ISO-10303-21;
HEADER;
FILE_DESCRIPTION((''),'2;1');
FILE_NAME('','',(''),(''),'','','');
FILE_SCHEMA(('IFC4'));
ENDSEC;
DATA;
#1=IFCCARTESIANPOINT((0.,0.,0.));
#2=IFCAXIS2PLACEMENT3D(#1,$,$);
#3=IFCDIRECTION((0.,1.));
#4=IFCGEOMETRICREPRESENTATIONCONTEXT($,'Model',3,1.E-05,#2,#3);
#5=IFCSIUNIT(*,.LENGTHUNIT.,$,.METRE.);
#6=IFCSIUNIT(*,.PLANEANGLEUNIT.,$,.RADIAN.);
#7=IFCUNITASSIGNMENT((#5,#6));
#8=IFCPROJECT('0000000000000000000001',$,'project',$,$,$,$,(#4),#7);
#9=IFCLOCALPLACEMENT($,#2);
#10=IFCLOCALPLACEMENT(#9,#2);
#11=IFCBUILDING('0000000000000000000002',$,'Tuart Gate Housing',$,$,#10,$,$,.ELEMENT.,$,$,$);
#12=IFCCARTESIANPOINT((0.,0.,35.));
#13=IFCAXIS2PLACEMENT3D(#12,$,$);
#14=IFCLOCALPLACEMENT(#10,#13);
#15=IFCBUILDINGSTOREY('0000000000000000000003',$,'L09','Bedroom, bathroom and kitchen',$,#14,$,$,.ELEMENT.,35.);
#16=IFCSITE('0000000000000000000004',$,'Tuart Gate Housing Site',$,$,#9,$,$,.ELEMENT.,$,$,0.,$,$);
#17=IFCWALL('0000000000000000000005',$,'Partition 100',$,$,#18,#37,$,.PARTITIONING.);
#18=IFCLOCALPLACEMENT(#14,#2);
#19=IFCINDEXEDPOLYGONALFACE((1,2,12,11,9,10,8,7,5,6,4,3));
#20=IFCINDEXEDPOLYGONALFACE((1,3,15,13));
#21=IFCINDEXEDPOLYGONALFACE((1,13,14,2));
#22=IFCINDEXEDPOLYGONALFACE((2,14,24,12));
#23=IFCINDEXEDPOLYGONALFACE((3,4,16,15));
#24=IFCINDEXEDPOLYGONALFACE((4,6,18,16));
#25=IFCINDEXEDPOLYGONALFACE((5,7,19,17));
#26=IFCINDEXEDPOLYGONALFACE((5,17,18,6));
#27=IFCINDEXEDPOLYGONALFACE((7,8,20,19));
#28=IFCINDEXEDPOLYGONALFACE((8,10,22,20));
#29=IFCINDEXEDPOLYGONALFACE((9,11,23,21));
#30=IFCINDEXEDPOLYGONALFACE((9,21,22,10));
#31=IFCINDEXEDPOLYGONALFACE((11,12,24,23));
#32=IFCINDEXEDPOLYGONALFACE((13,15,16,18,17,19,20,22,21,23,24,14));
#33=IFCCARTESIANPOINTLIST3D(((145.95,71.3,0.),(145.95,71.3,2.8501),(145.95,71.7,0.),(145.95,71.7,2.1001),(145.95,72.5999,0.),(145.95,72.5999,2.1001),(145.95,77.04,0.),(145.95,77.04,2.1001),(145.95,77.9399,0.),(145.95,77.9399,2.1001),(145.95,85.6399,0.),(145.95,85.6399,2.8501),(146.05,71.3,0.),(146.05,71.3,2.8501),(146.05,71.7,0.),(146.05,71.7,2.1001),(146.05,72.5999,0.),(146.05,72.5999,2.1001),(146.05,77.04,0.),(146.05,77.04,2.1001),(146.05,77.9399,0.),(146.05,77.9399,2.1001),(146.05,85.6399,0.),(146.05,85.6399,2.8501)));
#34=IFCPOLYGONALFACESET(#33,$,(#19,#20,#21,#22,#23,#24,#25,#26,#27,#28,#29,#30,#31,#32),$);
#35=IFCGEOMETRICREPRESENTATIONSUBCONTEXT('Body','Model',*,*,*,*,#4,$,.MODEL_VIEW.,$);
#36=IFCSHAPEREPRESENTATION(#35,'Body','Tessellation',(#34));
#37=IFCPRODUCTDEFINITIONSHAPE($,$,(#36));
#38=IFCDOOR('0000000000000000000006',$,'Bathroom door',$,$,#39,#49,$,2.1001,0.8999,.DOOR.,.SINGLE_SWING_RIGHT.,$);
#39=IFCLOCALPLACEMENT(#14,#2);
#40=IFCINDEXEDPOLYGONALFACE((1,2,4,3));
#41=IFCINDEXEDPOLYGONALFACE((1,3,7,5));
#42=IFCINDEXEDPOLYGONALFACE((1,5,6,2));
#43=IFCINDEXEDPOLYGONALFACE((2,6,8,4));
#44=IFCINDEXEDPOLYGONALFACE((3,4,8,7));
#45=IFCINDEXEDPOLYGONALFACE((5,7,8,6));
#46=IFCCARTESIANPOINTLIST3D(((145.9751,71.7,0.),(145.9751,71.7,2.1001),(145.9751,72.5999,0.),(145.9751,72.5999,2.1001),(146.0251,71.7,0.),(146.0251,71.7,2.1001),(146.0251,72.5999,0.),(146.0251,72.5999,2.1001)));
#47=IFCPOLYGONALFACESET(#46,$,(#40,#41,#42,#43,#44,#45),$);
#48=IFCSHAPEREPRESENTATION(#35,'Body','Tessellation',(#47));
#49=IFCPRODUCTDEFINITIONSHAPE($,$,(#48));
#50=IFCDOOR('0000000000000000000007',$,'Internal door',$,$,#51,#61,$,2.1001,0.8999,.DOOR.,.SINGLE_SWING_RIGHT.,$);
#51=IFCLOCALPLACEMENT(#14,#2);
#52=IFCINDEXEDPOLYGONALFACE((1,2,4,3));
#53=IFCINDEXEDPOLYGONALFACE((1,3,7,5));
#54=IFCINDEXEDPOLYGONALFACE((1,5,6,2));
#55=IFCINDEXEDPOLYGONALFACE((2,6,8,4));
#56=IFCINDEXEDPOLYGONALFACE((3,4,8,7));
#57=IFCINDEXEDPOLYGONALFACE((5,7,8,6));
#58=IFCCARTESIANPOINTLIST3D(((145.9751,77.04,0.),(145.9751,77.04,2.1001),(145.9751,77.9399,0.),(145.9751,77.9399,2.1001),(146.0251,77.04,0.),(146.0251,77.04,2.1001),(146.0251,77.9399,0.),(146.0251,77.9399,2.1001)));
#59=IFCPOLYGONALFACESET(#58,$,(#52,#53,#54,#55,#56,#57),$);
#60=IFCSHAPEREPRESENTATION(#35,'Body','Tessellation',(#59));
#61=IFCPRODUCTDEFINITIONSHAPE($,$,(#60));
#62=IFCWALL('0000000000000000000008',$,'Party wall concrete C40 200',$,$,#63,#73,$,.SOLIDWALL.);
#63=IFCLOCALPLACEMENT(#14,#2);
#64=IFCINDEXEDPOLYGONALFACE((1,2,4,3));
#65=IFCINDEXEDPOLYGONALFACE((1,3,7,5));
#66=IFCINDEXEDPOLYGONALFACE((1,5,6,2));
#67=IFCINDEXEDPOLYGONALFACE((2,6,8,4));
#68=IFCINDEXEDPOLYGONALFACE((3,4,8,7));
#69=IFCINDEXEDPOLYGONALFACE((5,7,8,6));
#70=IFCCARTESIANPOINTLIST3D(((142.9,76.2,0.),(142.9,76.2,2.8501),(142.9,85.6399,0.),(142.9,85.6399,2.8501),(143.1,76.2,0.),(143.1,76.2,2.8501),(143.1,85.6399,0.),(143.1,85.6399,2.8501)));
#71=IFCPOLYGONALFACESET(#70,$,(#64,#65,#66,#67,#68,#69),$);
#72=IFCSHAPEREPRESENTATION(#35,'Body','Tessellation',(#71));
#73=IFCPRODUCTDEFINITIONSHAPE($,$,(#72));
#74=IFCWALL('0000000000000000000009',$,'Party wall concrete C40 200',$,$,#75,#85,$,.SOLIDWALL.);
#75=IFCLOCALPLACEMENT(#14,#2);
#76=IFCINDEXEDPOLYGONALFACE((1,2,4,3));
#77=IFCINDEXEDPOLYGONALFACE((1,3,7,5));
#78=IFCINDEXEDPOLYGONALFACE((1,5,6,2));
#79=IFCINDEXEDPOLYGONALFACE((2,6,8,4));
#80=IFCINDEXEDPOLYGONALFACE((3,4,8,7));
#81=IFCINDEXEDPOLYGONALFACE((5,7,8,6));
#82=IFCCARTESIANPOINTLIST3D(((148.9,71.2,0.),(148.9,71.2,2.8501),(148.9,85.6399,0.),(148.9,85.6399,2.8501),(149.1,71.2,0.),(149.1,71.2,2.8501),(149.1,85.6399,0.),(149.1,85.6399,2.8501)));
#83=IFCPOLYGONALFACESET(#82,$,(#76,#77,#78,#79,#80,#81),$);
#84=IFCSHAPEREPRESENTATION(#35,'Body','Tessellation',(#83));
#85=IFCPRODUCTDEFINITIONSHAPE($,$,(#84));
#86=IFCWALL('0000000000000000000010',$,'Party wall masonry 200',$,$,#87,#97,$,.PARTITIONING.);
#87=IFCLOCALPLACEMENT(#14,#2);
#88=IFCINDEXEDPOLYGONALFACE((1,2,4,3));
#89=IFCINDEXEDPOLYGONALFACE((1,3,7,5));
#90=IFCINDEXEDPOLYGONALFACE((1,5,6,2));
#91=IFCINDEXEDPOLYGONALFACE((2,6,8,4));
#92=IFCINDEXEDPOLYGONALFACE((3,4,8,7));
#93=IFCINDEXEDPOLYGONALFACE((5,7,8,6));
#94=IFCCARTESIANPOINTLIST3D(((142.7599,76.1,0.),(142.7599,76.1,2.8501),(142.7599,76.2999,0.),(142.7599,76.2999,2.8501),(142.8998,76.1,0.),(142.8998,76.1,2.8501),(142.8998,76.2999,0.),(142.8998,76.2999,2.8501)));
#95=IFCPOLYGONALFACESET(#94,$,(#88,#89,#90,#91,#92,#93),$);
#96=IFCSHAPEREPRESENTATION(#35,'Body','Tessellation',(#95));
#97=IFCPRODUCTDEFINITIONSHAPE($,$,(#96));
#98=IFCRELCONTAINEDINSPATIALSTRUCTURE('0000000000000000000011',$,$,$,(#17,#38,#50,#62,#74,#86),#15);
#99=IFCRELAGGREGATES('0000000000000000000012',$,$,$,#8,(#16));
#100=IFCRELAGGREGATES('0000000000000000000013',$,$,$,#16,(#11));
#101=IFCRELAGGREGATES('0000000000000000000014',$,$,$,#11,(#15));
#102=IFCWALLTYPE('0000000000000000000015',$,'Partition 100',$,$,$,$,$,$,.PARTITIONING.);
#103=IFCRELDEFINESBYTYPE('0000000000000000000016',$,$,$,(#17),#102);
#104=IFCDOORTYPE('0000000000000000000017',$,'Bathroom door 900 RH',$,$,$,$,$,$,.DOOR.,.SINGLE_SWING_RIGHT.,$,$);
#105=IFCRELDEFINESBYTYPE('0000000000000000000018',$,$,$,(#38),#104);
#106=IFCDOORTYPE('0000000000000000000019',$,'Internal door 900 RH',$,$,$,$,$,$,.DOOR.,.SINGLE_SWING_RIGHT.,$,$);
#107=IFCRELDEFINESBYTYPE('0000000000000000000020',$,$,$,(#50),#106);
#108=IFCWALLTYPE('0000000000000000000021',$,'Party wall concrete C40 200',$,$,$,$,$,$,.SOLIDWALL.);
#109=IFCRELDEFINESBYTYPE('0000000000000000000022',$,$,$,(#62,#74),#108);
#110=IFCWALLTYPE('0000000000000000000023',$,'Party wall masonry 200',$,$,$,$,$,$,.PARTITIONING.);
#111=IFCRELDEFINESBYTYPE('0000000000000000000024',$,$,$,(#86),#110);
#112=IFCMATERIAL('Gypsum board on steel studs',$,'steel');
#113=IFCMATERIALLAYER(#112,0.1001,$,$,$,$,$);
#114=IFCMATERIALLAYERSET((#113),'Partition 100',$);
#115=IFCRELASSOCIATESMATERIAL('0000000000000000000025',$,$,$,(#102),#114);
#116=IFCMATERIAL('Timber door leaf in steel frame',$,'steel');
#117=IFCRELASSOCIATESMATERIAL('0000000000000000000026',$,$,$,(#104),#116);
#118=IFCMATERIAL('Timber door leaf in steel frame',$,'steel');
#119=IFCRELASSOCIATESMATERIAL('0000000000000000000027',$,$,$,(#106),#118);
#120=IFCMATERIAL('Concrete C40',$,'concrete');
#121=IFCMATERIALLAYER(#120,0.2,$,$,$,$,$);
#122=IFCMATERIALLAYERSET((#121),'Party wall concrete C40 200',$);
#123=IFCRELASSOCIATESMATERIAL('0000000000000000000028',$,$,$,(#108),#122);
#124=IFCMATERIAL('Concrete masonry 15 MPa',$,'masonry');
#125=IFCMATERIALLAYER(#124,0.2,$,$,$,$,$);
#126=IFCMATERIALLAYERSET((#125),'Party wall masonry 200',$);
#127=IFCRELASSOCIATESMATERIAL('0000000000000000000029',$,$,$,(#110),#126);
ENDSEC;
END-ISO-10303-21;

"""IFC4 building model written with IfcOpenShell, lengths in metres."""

from ifc_helpers import new_model, si_unit, direction, frame, frame_2d, origin, place, context, subcontext, project, spatial, rectangle, extrude, material, layer, layer_set, type_object, element, fill, save


model = new_model("IFC4")

# Units and contexts
model_context = context("Model", 3, precision=1e-05, world=origin(), true_north=direction((0.0, 1.0)))
body_context = subcontext(model_context, "Body", "Model", "MODEL_VIEW")
ifc_project = project(units=[si_unit("LENGTHUNIT", "METRE"), si_unit("PLANEANGLEUNIT", "RADIAN")], contexts=[model_context])

# Site, building, storey
site_placement = place(None, origin())
site = spatial("IfcSite", under=ifc_project, at=site_placement, Name="Tuart Gate Housing Site", CompositionType="ELEMENT", RefElevation=0.0)
building_placement = place(site_placement, origin())
building = spatial("IfcBuilding", under=site, at=building_placement, Name="Tuart Gate Housing", CompositionType="ELEMENT")
storey_placement = place(building_placement, frame((0.0, 0.0, 35.0)))
storey = spatial("IfcBuildingStorey", under=building, at=storey_placement, Name="L09", Description="Bedroom, bathroom and kitchen", CompositionType="ELEMENT", Elevation=35.0)

# Shared definitions
ifc_material_1 = material(Name="Gypsum board on steel studs", Category="steel")
ifc_layer_1 = layer(ifc_material_1, 0.1001)
ifc_layer_set_1 = layer_set([ifc_layer_1], Name="Partition 100")
wall_type_1 = type_object("IfcWallType", Name="Partition 100", PredefinedType="PARTITIONING", material=ifc_layer_set_1)

# Wall, openings, doors
wall_1_placement = place(storey_placement, frame((146.0, 71.3, 0.0), z_axis=(0.0, 0.0, 1.0), x_axis=(0.0, 1.0, 0.0)))
wall_1 = element("IfcWall", 1, at=wall_1_placement, inside=storey, type_object=wall_type_1, Name="Partition 100", PredefinedType="PARTITIONING", context=body_context, shape_type="SweptSolid", body=[
    extrude(rectangle(XDim=14.3398, YDim=0.1001, at=frame_2d((7.1699, 0.0))), origin(), (0.0, 0.0, 1.0), 2.8501),
])
opening_1_placement = place(wall_1_placement, frame((5.74, 0.0, 0.0)))
opening_1 = element("IfcOpeningElement", 2, at=opening_1_placement, cuts=wall_1, PredefinedType="OPENING", context=body_context, shape_type="SweptSolid", body=[
    extrude(rectangle(XDim=0.8999, YDim=2.1001, at=frame_2d((0.45, 1.05))), frame((0.0, 0.0601, 0.0), z_axis=(0.0, -1.0, 0.0), x_axis=(1.0, 0.0, 0.0)), (0.0, 0.0, 1.0), 0.1201),
])
opening_2_placement = place(wall_1_placement, frame((0.3999, 0.0, 0.0)))
opening_2 = element("IfcOpeningElement", 3, at=opening_2_placement, cuts=wall_1, PredefinedType="OPENING", context=body_context, shape_type="SweptSolid", body=[
    extrude(rectangle(XDim=0.8999, YDim=2.1001, at=frame_2d((0.45, 1.05))), frame((0.0, 0.0601, 0.0), z_axis=(0.0, -1.0, 0.0), x_axis=(1.0, 0.0, 0.0)), (0.0, 0.0, 1.0), 0.1201),
])
ifc_material_2 = material(Name="Timber door leaf in steel frame", Category="steel")
door_type_1 = type_object("IfcDoorType", Name="Bathroom door 900 RH", OperationType="SINGLE_SWING_RIGHT", PredefinedType="DOOR", material=ifc_material_2)
door_1_placement = place(opening_2_placement, frame((0.8999, 0.0, 0.0), z_axis=(0.0, 0.0, 1.0), x_axis=(-1.0, 0.0, 0.0)))
door_1 = element("IfcDoor", 4, at=door_1_placement, inside=storey, type_object=door_type_1, Name="Bathroom door", OperationType="SINGLE_SWING_RIGHT", OverallHeight=2.1001, OverallWidth=0.8999, PredefinedType="DOOR", context=body_context, shape_type="SweptSolid", body=[
    extrude(rectangle(XDim=0.8999, YDim=2.1001, at=frame_2d((0.45, 1.05))), frame((0.0, 0.0251, 0.0), z_axis=(0.0, -1.0, 0.0), x_axis=(1.0, 0.0, 0.0)), (0.0, 0.0, 1.0), 0.05),
])
fill(opening_2, door_1)
ifc_material_3 = material(Name="Timber door leaf in steel frame", Category="steel")
door_type_2 = type_object("IfcDoorType", Name="Internal door 900 RH", OperationType="SINGLE_SWING_RIGHT", PredefinedType="DOOR", material=ifc_material_3)
door_2_placement = place(opening_1_placement, frame((0.8999, 0.0, 0.0), z_axis=(0.0, 0.0, 1.0), x_axis=(-1.0, 0.0, 0.0)))
door_2 = element("IfcDoor", 5, at=door_2_placement, inside=storey, type_object=door_type_2, Name="Internal door", OperationType="SINGLE_SWING_RIGHT", OverallHeight=2.1001, OverallWidth=0.8999, PredefinedType="DOOR", context=body_context, shape_type="SweptSolid", body=[
    extrude(rectangle(XDim=0.8999, YDim=2.1001, at=frame_2d((0.45, 1.05))), frame((0.0, 0.0251, 0.0), z_axis=(0.0, -1.0, 0.0), x_axis=(1.0, 0.0, 0.0)), (0.0, 0.0, 1.0), 0.05),
])
fill(opening_1, door_2)

# Walls
ifc_material_4 = material(Name="Concrete C40", Category="concrete")
ifc_layer_2 = layer(ifc_material_4, 0.2)
ifc_layer_set_2 = layer_set([ifc_layer_2], Name="Party wall concrete C40 200")
wall_type_2 = type_object("IfcWallType", Name="Party wall concrete C40 200", PredefinedType="SOLIDWALL", material=ifc_layer_set_2)
wall_2_placement = place(storey_placement, frame((143.0, 76.2, 0.0), z_axis=(0.0, 0.0, 1.0), x_axis=(0.0, 1.0, 0.0)))
element("IfcWall", 6, at=wall_2_placement, inside=storey, type_object=wall_type_2, Name="Party wall concrete C40 200", PredefinedType="SOLIDWALL", context=body_context, shape_type="SweptSolid", body=[
    extrude(rectangle(XDim=9.4399, YDim=0.2, at=frame_2d((4.72, 0.0))), origin(), (0.0, 0.0, 1.0), 2.8501),
])
wall_3_placement = place(storey_placement, frame((149.0, 71.2, 0.0), z_axis=(0.0, 0.0, 1.0), x_axis=(0.0, 1.0, 0.0)))
element("IfcWall", 7, at=wall_3_placement, inside=storey, type_object=wall_type_2, Name="Party wall concrete C40 200", PredefinedType="SOLIDWALL", context=body_context, shape_type="SweptSolid", body=[
    extrude(rectangle(XDim=14.4399, YDim=0.2, at=frame_2d((7.22, 0.0))), origin(), (0.0, 0.0, 1.0), 2.8501),
])
ifc_material_5 = material(Name="Concrete masonry 15 MPa", Category="masonry")
ifc_layer_3 = layer(ifc_material_5, 0.2)
ifc_layer_set_3 = layer_set([ifc_layer_3], Name="Party wall masonry 200")
wall_type_3 = type_object("IfcWallType", Name="Party wall masonry 200", PredefinedType="PARTITIONING", material=ifc_layer_set_3)
wall_4_placement = place(storey_placement, frame((142.76, 76.2, 0.0), z_axis=(0.0, 0.0, 1.0), x_axis=(1.0, 0.0, 0.0)))
element("IfcWall", 8, at=wall_4_placement, inside=storey, type_object=wall_type_3, Name="Party wall masonry 200", PredefinedType="PARTITIONING", context=body_context, shape_type="SweptSolid", body=[
    extrude(rectangle(XDim=0.1399, YDim=0.2, at=frame_2d((0.0698, 0.0))), origin(), (0.0, 0.0, 1.0), 2.8501),
])

save(model, "model.ifc")
